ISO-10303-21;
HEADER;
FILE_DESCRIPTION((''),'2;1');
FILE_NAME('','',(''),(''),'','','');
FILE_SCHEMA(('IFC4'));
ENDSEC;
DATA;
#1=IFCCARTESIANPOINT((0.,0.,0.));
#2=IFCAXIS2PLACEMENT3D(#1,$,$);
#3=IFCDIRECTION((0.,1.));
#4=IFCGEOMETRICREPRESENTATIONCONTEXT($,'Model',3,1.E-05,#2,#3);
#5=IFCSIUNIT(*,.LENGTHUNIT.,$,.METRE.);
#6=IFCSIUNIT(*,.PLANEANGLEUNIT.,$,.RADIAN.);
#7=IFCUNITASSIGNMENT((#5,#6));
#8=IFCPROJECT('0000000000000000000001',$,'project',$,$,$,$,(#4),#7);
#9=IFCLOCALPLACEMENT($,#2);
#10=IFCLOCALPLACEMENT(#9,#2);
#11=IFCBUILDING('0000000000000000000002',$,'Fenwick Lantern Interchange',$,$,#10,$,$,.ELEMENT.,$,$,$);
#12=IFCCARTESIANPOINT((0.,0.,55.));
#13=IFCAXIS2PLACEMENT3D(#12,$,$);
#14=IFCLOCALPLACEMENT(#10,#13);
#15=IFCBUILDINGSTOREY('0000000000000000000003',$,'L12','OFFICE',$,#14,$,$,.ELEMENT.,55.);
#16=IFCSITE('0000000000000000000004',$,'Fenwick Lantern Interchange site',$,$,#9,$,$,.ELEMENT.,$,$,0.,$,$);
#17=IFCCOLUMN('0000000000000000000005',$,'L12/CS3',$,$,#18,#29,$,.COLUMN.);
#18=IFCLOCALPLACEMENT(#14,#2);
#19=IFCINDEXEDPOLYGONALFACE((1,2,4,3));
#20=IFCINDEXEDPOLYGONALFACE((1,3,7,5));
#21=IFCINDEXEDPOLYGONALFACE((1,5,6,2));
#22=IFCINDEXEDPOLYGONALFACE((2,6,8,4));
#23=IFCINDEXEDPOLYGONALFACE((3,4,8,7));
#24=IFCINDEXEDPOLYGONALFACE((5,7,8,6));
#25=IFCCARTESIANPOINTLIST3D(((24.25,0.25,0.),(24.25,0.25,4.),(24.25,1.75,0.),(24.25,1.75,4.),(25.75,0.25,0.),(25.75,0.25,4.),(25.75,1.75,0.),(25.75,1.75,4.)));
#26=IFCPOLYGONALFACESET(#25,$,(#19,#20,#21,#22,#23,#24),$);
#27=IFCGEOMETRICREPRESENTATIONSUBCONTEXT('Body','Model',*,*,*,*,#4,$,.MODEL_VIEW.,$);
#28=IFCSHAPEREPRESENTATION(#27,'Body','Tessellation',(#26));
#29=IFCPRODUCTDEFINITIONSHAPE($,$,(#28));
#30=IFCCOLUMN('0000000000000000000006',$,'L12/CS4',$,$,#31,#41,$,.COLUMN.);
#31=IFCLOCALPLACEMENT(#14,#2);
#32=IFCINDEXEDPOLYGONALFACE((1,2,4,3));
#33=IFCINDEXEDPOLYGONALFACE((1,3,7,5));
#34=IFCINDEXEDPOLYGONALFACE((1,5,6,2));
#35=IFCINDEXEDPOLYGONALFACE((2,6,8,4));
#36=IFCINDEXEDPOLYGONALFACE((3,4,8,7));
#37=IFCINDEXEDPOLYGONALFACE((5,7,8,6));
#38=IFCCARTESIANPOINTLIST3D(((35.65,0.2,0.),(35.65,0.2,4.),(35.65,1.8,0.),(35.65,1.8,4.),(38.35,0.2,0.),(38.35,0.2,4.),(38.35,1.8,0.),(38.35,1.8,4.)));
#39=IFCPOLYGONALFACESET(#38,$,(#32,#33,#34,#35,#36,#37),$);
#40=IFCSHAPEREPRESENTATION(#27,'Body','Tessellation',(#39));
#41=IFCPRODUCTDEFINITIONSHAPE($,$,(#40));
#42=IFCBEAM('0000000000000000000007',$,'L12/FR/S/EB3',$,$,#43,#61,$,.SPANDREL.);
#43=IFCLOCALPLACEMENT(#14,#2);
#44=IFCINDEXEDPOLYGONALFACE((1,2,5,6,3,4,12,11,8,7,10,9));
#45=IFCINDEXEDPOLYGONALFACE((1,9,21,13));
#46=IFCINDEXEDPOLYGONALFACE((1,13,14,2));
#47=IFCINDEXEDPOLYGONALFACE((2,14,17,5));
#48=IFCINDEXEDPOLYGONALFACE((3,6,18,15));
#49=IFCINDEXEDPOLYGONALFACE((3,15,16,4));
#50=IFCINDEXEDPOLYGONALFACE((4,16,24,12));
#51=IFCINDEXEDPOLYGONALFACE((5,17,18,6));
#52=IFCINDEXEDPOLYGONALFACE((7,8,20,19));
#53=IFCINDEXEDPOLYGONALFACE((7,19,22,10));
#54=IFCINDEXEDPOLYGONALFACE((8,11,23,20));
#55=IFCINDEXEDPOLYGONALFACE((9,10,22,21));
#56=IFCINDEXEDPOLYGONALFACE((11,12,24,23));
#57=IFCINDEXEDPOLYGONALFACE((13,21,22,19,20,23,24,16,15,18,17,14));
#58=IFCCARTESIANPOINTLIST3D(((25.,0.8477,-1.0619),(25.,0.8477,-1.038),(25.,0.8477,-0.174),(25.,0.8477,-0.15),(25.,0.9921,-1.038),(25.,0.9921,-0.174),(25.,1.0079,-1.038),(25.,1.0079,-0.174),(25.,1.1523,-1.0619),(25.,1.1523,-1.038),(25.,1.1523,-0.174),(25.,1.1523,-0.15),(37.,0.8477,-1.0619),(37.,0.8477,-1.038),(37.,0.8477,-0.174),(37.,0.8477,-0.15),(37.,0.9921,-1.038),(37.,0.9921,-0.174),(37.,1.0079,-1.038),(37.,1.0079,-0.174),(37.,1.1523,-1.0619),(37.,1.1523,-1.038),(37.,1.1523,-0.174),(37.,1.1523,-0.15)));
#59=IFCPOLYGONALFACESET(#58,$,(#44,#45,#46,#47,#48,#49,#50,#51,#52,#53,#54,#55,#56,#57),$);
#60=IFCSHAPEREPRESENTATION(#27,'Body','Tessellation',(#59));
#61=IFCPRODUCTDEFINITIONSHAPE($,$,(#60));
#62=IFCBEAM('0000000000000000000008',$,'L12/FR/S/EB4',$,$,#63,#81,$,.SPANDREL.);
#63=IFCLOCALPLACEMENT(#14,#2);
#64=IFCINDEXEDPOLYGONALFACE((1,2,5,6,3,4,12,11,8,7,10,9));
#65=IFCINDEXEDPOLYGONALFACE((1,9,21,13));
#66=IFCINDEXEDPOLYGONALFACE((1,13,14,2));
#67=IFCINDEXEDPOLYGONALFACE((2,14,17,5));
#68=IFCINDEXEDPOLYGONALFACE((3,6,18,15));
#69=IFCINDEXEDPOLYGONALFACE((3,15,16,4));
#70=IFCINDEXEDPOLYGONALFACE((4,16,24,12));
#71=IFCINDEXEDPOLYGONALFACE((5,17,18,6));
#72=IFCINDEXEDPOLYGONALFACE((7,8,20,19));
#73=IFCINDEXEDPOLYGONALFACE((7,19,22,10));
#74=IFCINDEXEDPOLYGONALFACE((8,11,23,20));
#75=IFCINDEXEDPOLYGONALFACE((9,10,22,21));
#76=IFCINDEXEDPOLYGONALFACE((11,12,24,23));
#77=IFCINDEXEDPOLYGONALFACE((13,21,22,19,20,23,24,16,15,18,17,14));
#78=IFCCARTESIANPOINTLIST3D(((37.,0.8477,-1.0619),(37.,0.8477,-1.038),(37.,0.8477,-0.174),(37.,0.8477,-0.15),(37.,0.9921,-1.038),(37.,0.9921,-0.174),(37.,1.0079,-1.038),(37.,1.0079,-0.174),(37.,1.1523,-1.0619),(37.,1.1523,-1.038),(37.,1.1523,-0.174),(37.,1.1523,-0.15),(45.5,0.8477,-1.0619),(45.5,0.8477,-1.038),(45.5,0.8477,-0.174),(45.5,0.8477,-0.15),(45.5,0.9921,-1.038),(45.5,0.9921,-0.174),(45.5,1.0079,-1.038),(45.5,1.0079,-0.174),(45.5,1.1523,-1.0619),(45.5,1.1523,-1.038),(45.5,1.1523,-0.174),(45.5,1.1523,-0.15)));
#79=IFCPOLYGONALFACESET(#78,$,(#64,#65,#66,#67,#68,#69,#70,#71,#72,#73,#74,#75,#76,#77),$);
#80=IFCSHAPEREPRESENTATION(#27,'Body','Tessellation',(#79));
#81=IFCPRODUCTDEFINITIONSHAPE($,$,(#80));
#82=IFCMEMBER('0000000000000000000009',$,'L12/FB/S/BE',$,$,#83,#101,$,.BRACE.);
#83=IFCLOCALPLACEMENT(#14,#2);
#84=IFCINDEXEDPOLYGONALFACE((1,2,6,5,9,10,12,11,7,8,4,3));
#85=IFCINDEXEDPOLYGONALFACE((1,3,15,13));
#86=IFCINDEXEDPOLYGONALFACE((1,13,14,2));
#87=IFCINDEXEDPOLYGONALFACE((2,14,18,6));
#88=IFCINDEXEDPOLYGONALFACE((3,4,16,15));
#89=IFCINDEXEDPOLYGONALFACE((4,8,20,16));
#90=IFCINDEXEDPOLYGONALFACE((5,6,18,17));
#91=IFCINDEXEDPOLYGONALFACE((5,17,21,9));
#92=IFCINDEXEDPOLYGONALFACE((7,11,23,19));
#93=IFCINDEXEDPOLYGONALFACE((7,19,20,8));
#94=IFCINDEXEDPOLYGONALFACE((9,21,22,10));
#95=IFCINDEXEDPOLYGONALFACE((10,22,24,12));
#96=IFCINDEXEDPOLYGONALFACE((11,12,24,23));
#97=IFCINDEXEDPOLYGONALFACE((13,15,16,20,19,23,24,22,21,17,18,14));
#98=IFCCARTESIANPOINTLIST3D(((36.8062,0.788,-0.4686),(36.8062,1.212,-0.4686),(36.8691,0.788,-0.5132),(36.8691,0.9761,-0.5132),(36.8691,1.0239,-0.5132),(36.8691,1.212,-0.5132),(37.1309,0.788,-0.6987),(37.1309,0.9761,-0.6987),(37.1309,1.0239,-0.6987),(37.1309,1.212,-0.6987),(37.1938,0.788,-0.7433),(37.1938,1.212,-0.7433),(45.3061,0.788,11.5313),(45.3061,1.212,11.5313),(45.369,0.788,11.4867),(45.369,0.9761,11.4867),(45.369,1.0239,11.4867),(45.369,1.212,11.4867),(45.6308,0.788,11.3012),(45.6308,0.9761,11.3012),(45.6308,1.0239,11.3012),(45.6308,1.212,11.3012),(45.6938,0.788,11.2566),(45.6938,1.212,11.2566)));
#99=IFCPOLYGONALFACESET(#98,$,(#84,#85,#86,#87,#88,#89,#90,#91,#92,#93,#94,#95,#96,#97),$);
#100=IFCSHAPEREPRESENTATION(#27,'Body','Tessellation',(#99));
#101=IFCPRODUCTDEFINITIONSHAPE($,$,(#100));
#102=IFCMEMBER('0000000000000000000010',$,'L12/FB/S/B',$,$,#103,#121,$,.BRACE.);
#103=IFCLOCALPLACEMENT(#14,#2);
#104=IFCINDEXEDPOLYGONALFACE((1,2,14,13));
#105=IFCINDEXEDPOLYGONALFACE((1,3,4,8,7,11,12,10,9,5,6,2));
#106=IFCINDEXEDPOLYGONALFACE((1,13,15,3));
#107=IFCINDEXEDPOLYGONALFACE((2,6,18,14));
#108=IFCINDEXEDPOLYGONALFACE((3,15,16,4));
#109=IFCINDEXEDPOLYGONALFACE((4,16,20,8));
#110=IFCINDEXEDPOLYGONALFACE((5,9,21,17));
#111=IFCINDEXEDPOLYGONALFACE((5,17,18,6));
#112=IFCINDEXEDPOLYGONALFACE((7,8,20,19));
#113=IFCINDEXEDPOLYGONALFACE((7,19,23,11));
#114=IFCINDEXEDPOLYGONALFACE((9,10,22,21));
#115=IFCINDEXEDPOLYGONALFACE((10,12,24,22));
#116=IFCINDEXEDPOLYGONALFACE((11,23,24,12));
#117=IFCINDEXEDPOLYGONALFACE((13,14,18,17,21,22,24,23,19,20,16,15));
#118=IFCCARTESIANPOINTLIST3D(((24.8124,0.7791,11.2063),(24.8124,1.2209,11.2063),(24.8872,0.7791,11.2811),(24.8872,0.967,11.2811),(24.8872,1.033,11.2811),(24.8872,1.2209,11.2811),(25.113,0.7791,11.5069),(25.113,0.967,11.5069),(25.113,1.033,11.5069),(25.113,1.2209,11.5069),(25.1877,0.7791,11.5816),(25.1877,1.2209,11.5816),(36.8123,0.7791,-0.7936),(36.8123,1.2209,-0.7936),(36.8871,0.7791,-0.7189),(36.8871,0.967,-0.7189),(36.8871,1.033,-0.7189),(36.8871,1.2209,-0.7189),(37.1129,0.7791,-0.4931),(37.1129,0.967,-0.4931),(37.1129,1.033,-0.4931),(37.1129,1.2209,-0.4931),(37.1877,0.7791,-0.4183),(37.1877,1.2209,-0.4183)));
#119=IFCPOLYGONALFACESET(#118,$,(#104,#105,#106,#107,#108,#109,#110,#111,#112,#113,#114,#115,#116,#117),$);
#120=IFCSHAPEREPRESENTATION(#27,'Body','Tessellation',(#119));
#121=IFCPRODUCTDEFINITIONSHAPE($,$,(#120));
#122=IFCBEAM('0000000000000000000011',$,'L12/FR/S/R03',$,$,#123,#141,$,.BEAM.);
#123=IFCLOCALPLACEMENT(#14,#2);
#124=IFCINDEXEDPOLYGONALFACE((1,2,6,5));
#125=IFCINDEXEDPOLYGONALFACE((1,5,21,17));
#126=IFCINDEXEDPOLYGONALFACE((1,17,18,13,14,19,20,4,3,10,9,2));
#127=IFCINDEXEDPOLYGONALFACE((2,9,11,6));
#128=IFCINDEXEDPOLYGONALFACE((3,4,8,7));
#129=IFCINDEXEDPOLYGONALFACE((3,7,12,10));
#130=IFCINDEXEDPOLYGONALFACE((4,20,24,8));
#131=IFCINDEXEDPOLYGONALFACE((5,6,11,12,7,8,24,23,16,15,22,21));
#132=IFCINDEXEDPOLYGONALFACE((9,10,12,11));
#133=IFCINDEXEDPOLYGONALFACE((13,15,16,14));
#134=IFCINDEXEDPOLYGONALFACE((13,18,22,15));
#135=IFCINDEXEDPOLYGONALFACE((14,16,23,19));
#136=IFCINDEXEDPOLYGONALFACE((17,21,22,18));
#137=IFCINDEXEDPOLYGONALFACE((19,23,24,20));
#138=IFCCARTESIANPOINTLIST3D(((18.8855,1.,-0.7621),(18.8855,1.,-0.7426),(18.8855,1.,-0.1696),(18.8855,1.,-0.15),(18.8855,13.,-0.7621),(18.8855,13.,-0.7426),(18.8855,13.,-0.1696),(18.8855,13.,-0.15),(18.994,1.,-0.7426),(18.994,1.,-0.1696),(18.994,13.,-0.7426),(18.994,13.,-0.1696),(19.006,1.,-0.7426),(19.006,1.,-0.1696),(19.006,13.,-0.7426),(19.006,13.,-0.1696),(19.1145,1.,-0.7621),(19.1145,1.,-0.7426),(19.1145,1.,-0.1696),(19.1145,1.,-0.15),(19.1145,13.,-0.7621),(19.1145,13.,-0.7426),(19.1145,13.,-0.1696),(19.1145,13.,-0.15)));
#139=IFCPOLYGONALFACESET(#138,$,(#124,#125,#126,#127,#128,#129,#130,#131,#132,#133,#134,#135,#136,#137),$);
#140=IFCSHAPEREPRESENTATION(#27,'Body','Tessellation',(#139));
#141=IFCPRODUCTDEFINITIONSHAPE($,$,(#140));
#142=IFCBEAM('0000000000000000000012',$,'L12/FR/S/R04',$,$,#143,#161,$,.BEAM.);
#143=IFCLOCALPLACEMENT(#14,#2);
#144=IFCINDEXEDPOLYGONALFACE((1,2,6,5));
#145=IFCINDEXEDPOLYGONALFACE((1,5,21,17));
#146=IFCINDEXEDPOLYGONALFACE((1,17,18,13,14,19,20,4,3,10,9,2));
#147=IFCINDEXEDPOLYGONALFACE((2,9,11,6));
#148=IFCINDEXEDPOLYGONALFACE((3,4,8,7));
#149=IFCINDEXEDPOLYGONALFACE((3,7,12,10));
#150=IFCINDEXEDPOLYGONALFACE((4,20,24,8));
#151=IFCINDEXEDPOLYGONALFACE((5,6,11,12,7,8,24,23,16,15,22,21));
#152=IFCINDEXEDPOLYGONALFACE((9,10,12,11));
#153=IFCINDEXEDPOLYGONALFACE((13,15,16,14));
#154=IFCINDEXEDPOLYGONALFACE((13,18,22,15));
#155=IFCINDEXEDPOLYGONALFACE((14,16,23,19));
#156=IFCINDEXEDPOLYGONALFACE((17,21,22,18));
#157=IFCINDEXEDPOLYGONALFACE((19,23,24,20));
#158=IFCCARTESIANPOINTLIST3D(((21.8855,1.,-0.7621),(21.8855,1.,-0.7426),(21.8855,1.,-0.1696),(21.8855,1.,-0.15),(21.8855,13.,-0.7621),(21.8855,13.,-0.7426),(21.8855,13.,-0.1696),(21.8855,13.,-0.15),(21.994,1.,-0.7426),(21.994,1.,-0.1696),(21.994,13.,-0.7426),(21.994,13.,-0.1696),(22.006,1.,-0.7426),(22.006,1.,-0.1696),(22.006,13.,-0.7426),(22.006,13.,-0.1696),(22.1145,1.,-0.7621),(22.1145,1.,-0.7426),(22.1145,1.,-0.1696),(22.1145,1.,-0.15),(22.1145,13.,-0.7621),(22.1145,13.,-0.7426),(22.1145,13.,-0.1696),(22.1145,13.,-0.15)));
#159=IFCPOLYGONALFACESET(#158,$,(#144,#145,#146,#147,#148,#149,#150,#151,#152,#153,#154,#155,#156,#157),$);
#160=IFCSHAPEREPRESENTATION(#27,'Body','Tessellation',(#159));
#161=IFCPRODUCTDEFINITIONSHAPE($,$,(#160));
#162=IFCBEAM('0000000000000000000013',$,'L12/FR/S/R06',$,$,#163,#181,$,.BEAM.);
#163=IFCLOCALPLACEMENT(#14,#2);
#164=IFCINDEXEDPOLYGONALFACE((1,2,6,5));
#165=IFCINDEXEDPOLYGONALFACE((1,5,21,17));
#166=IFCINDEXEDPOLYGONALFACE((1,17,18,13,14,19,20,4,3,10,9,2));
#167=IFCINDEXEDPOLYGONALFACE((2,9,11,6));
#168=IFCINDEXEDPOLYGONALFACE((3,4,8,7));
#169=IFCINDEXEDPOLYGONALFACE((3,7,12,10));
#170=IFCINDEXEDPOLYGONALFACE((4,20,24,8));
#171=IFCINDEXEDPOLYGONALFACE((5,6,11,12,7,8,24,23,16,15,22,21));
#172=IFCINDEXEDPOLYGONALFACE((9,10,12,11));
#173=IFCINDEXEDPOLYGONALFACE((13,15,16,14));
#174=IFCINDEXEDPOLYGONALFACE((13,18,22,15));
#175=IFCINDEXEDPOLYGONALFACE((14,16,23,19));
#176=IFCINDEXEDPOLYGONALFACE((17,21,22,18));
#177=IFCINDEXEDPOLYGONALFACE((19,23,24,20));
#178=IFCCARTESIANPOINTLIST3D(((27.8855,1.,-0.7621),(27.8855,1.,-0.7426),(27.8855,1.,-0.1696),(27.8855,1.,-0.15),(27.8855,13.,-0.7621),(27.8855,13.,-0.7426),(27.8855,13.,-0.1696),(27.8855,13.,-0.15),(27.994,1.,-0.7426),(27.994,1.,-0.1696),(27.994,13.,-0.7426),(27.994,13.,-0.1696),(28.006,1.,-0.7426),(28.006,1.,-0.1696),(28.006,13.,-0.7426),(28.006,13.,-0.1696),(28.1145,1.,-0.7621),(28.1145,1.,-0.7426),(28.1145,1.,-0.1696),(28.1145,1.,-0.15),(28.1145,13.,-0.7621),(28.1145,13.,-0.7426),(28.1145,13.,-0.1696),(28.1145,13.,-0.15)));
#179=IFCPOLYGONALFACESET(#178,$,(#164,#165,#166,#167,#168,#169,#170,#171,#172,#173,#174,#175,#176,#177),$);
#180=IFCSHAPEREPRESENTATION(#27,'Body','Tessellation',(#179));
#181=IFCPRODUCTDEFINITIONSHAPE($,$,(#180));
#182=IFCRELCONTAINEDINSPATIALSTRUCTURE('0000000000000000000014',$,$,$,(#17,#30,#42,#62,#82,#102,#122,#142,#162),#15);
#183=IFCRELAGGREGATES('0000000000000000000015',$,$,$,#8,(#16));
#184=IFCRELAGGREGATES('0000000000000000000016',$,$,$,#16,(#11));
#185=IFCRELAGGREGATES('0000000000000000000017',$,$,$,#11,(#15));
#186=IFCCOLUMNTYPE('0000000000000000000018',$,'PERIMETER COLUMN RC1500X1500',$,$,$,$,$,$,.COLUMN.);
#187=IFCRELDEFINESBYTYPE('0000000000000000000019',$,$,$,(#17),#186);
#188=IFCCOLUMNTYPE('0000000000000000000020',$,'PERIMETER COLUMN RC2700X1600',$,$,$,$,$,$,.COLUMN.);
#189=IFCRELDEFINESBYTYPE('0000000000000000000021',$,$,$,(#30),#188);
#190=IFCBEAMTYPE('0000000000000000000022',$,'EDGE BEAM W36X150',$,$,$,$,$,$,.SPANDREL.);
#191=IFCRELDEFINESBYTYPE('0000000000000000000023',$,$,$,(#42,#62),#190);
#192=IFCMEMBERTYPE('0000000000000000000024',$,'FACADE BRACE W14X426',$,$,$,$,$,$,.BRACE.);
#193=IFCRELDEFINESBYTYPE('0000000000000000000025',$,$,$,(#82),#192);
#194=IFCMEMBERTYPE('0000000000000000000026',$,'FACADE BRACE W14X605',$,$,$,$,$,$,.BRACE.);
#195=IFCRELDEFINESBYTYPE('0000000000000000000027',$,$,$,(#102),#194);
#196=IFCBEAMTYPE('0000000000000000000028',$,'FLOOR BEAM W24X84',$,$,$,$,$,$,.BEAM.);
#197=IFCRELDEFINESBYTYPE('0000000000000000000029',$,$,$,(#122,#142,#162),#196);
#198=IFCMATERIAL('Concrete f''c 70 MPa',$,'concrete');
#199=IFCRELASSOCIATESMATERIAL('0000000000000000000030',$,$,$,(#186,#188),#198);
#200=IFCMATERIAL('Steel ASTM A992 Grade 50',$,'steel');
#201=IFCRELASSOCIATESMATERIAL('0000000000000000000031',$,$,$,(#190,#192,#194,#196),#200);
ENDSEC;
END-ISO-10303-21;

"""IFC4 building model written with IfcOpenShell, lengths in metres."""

from ifc_helpers import new_model, si_unit, direction, frame, origin, origin_2d, place, context, subcontext, project, spatial, rectangle, i_section, extrude, material, material_profile, profile_set, type_object, element, save


model = new_model("IFC4")

# Units and contexts
model_context = context("Model", 3, precision=1e-05, world=origin(), true_north=direction((0.0, 1.0)))
body_context = subcontext(model_context, "Body", "Model", "MODEL_VIEW")
ifc_project = project(units=[si_unit("LENGTHUNIT", "METRE"), si_unit("PLANEANGLEUNIT", "RADIAN")], contexts=[model_context])

# Site, building, storey
site_placement = place(None, origin())
site = spatial("IfcSite", under=ifc_project, at=site_placement, Name="Fenwick Lantern Interchange site", CompositionType="ELEMENT", RefElevation=0.0)
building_placement = place(site_placement, origin())
building = spatial("IfcBuilding", under=site, at=building_placement, Name="Fenwick Lantern Interchange", CompositionType="ELEMENT")
storey_placement = place(building_placement, frame((0.0, 0.0, 55.0)))
storey = spatial("IfcBuildingStorey", under=building, at=storey_placement, Name="L12", Description="OFFICE", CompositionType="ELEMENT", Elevation=55.0)

# Columns
ifc_material_1 = material(Name="Concrete f'c 70 MPa", Category="concrete")
ifc_material_profile_1 = material_profile(ifc_material_1, rectangle(XDim=1.5, YDim=1.5, at=origin_2d()), Name="RC1500X1500")
ifc_profile_set_1 = profile_set([ifc_material_profile_1], Name="Concrete f'c 70 MPa")
column_type_1 = type_object("IfcColumnType", Name="PERIMETER COLUMN RC1500X1500", PredefinedType="COLUMN", material=ifc_profile_set_1)
column_1_placement = place(storey_placement, frame((25.0, 1.0, 0.0), z_axis=(0.0, 0.0, 1.0), x_axis=(1.0, 0.0, 0.0)))
element("IfcColumn", 1, at=column_1_placement, inside=storey, type_object=column_type_1, Name="L12/CS3", PredefinedType="COLUMN", context=body_context, shape_type="SweptSolid", body=[
    extrude(rectangle(XDim=1.5, YDim=1.5, at=origin_2d()), origin(), (0.0, 0.0, 1.0), 4.0),
])
ifc_material_profile_2 = material_profile(ifc_material_1, rectangle(XDim=2.7, YDim=1.6001, at=origin_2d()), Name="RC2700X1600")
ifc_profile_set_2 = profile_set([ifc_material_profile_2], Name="Concrete f'c 70 MPa")
column_type_2 = type_object("IfcColumnType", Name="PERIMETER COLUMN RC2700X1600", PredefinedType="COLUMN", material=ifc_profile_set_2)
column_2_placement = place(storey_placement, frame((37.0, 1.0, 0.0), z_axis=(0.0, 0.0, 1.0), x_axis=(1.0, 0.0, 0.0)))
element("IfcColumn", 2, at=column_2_placement, inside=storey, type_object=column_type_2, Name="L12/CS4", PredefinedType="COLUMN", context=body_context, shape_type="SweptSolid", body=[
    extrude(rectangle(XDim=2.7, YDim=1.6001, at=origin_2d()), origin(), (0.0, 0.0, 1.0), 4.0),
])

# Beams
ifc_material_2 = material(Name="Steel ASTM A992 Grade 50", Category="steel")
ifc_material_profile_3 = material_profile(ifc_material_2, i_section(OverallWidth=0.3047, OverallDepth=0.9119, WebThickness=0.0159, FlangeThickness=0.0239, at=origin_2d()), Name="W36X150")
ifc_profile_set_3 = profile_set([ifc_material_profile_3], Name="Steel ASTM A992 Grade 50")
beam_type_1 = type_object("IfcBeamType", Name="EDGE BEAM W36X150", PredefinedType="SPANDREL", material=ifc_profile_set_3)
beam_1_placement = place(storey_placement, frame((25.0, 1.0, -0.606), z_axis=(1.0, 0.0, 0.0), x_axis=(0.0, 1.0, 0.0)))
element("IfcBeam", 3, at=beam_1_placement, inside=storey, type_object=beam_type_1, Name="L12/FR/S/EB3", PredefinedType="SPANDREL", context=body_context, shape_type="SweptSolid", body=[
    extrude(i_section(OverallWidth=0.3047, OverallDepth=0.9119, WebThickness=0.0159, FlangeThickness=0.0239, at=origin_2d()), origin(), (0.0, 0.0, 1.0), 12.0),
])
beam_2_placement = place(storey_placement, frame((37.0, 1.0, -0.606), z_axis=(1.0, 0.0, 0.0), x_axis=(0.0, 1.0, 0.0)))
element("IfcBeam", 4, at=beam_2_placement, inside=storey, type_object=beam_type_1, Name="L12/FR/S/EB4", PredefinedType="SPANDREL", context=body_context, shape_type="SweptSolid", body=[
    extrude(i_section(OverallWidth=0.3047, OverallDepth=0.9119, WebThickness=0.0159, FlangeThickness=0.0239, at=origin_2d()), origin(), (0.0, 0.0, 1.0), 8.5),
])

# Members
ifc_material_profile_4 = material_profile(ifc_material_2, i_section(OverallWidth=0.4241, OverallDepth=0.4751, WebThickness=0.0479, FlangeThickness=0.0771, at=origin_2d()), Name="W14X426")
ifc_profile_set_4 = profile_set([ifc_material_profile_4], Name="Steel ASTM A992 Grade 50")
member_type_1 = type_object("IfcMemberType", Name="FACADE BRACE W14X426", PredefinedType="BRACE", material=ifc_profile_set_4)
member_1_placement = place(storey_placement, frame((37.0, 1.0, -0.606), z_axis=(0.578017, 0.0, 0.816024), x_axis=(0.0, 1.0, 0.0)))
element("IfcMember", 5, at=member_1_placement, inside=storey, type_object=member_type_1, Name="L12/FB/S/BE", PredefinedType="BRACE", context=body_context, shape_type="SweptSolid", body=[
    extrude(i_section(OverallWidth=0.4241, OverallDepth=0.4751, WebThickness=0.0479, FlangeThickness=0.0771, at=origin_2d()), origin(), (0.0, 0.0, 1.0), 14.7053),
])
ifc_material_profile_5 = material_profile(ifc_material_2, i_section(OverallWidth=0.4419, OverallDepth=0.5308, WebThickness=0.0659, FlangeThickness=0.1057, at=origin_2d()), Name="W14X605")
ifc_profile_set_5 = profile_set([ifc_material_profile_5], Name="Steel ASTM A992 Grade 50")
member_type_2 = type_object("IfcMemberType", Name="FACADE BRACE W14X605", PredefinedType="BRACE", material=ifc_profile_set_5)
member_2_placement = place(storey_placement, frame((37.0, 1.0, -0.606), z_axis=(-0.707107, 0.0, 0.707107), x_axis=(0.0, -1.0, 0.0)))
element("IfcMember", 6, at=member_2_placement, inside=storey, type_object=member_type_2, Name="L12/FB/S/B", PredefinedType="BRACE", context=body_context, shape_type="SweptSolid", body=[
    extrude(i_section(OverallWidth=0.4419, OverallDepth=0.5308, WebThickness=0.0659, FlangeThickness=0.1057, at=origin_2d()), origin(), (0.0, 0.0, 1.0), 16.9705),
])

# Beams
ifc_material_profile_6 = material_profile(ifc_material_2, i_section(OverallWidth=0.229, OverallDepth=0.6121, WebThickness=0.012, FlangeThickness=0.0195, at=origin_2d()), Name="W24X84")
ifc_profile_set_6 = profile_set([ifc_material_profile_6], Name="Steel ASTM A992 Grade 50")
beam_type_2 = type_object("IfcBeamType", Name="FLOOR BEAM W24X84", PredefinedType="BEAM", material=ifc_profile_set_6)
for number, where, z_axis, x_axis, name in (
    (7, (19.0, 1.0, -0.4561), (0.0, 1.0, 0.0), (-1.0, 0.0, 0.0), "L12/FR/S/R03"),
    (8, (22.0, 1.0, -0.4561), (0.0, 1.0, 0.0), (-1.0, 0.0, 0.0), "L12/FR/S/R04"),
    (9, (28.0, 1.0, -0.4561), (0.0, 1.0, 0.0), (-1.0, 0.0, 0.0), "L12/FR/S/R06"),
):
    element("IfcBeam", number, at=place(storey_placement, frame(where, z_axis=z_axis, x_axis=x_axis)), inside=storey, type_object=beam_type_2, Name=name, PredefinedType="BEAM", context=body_context, shape_type="SweptSolid", body=[
        extrude(i_section(OverallWidth=0.229, OverallDepth=0.6121, WebThickness=0.012, FlangeThickness=0.0195, at=origin_2d()), origin(), (0.0, 0.0, 1.0), 12.0),
    ])

save(model, "model.ifc")
